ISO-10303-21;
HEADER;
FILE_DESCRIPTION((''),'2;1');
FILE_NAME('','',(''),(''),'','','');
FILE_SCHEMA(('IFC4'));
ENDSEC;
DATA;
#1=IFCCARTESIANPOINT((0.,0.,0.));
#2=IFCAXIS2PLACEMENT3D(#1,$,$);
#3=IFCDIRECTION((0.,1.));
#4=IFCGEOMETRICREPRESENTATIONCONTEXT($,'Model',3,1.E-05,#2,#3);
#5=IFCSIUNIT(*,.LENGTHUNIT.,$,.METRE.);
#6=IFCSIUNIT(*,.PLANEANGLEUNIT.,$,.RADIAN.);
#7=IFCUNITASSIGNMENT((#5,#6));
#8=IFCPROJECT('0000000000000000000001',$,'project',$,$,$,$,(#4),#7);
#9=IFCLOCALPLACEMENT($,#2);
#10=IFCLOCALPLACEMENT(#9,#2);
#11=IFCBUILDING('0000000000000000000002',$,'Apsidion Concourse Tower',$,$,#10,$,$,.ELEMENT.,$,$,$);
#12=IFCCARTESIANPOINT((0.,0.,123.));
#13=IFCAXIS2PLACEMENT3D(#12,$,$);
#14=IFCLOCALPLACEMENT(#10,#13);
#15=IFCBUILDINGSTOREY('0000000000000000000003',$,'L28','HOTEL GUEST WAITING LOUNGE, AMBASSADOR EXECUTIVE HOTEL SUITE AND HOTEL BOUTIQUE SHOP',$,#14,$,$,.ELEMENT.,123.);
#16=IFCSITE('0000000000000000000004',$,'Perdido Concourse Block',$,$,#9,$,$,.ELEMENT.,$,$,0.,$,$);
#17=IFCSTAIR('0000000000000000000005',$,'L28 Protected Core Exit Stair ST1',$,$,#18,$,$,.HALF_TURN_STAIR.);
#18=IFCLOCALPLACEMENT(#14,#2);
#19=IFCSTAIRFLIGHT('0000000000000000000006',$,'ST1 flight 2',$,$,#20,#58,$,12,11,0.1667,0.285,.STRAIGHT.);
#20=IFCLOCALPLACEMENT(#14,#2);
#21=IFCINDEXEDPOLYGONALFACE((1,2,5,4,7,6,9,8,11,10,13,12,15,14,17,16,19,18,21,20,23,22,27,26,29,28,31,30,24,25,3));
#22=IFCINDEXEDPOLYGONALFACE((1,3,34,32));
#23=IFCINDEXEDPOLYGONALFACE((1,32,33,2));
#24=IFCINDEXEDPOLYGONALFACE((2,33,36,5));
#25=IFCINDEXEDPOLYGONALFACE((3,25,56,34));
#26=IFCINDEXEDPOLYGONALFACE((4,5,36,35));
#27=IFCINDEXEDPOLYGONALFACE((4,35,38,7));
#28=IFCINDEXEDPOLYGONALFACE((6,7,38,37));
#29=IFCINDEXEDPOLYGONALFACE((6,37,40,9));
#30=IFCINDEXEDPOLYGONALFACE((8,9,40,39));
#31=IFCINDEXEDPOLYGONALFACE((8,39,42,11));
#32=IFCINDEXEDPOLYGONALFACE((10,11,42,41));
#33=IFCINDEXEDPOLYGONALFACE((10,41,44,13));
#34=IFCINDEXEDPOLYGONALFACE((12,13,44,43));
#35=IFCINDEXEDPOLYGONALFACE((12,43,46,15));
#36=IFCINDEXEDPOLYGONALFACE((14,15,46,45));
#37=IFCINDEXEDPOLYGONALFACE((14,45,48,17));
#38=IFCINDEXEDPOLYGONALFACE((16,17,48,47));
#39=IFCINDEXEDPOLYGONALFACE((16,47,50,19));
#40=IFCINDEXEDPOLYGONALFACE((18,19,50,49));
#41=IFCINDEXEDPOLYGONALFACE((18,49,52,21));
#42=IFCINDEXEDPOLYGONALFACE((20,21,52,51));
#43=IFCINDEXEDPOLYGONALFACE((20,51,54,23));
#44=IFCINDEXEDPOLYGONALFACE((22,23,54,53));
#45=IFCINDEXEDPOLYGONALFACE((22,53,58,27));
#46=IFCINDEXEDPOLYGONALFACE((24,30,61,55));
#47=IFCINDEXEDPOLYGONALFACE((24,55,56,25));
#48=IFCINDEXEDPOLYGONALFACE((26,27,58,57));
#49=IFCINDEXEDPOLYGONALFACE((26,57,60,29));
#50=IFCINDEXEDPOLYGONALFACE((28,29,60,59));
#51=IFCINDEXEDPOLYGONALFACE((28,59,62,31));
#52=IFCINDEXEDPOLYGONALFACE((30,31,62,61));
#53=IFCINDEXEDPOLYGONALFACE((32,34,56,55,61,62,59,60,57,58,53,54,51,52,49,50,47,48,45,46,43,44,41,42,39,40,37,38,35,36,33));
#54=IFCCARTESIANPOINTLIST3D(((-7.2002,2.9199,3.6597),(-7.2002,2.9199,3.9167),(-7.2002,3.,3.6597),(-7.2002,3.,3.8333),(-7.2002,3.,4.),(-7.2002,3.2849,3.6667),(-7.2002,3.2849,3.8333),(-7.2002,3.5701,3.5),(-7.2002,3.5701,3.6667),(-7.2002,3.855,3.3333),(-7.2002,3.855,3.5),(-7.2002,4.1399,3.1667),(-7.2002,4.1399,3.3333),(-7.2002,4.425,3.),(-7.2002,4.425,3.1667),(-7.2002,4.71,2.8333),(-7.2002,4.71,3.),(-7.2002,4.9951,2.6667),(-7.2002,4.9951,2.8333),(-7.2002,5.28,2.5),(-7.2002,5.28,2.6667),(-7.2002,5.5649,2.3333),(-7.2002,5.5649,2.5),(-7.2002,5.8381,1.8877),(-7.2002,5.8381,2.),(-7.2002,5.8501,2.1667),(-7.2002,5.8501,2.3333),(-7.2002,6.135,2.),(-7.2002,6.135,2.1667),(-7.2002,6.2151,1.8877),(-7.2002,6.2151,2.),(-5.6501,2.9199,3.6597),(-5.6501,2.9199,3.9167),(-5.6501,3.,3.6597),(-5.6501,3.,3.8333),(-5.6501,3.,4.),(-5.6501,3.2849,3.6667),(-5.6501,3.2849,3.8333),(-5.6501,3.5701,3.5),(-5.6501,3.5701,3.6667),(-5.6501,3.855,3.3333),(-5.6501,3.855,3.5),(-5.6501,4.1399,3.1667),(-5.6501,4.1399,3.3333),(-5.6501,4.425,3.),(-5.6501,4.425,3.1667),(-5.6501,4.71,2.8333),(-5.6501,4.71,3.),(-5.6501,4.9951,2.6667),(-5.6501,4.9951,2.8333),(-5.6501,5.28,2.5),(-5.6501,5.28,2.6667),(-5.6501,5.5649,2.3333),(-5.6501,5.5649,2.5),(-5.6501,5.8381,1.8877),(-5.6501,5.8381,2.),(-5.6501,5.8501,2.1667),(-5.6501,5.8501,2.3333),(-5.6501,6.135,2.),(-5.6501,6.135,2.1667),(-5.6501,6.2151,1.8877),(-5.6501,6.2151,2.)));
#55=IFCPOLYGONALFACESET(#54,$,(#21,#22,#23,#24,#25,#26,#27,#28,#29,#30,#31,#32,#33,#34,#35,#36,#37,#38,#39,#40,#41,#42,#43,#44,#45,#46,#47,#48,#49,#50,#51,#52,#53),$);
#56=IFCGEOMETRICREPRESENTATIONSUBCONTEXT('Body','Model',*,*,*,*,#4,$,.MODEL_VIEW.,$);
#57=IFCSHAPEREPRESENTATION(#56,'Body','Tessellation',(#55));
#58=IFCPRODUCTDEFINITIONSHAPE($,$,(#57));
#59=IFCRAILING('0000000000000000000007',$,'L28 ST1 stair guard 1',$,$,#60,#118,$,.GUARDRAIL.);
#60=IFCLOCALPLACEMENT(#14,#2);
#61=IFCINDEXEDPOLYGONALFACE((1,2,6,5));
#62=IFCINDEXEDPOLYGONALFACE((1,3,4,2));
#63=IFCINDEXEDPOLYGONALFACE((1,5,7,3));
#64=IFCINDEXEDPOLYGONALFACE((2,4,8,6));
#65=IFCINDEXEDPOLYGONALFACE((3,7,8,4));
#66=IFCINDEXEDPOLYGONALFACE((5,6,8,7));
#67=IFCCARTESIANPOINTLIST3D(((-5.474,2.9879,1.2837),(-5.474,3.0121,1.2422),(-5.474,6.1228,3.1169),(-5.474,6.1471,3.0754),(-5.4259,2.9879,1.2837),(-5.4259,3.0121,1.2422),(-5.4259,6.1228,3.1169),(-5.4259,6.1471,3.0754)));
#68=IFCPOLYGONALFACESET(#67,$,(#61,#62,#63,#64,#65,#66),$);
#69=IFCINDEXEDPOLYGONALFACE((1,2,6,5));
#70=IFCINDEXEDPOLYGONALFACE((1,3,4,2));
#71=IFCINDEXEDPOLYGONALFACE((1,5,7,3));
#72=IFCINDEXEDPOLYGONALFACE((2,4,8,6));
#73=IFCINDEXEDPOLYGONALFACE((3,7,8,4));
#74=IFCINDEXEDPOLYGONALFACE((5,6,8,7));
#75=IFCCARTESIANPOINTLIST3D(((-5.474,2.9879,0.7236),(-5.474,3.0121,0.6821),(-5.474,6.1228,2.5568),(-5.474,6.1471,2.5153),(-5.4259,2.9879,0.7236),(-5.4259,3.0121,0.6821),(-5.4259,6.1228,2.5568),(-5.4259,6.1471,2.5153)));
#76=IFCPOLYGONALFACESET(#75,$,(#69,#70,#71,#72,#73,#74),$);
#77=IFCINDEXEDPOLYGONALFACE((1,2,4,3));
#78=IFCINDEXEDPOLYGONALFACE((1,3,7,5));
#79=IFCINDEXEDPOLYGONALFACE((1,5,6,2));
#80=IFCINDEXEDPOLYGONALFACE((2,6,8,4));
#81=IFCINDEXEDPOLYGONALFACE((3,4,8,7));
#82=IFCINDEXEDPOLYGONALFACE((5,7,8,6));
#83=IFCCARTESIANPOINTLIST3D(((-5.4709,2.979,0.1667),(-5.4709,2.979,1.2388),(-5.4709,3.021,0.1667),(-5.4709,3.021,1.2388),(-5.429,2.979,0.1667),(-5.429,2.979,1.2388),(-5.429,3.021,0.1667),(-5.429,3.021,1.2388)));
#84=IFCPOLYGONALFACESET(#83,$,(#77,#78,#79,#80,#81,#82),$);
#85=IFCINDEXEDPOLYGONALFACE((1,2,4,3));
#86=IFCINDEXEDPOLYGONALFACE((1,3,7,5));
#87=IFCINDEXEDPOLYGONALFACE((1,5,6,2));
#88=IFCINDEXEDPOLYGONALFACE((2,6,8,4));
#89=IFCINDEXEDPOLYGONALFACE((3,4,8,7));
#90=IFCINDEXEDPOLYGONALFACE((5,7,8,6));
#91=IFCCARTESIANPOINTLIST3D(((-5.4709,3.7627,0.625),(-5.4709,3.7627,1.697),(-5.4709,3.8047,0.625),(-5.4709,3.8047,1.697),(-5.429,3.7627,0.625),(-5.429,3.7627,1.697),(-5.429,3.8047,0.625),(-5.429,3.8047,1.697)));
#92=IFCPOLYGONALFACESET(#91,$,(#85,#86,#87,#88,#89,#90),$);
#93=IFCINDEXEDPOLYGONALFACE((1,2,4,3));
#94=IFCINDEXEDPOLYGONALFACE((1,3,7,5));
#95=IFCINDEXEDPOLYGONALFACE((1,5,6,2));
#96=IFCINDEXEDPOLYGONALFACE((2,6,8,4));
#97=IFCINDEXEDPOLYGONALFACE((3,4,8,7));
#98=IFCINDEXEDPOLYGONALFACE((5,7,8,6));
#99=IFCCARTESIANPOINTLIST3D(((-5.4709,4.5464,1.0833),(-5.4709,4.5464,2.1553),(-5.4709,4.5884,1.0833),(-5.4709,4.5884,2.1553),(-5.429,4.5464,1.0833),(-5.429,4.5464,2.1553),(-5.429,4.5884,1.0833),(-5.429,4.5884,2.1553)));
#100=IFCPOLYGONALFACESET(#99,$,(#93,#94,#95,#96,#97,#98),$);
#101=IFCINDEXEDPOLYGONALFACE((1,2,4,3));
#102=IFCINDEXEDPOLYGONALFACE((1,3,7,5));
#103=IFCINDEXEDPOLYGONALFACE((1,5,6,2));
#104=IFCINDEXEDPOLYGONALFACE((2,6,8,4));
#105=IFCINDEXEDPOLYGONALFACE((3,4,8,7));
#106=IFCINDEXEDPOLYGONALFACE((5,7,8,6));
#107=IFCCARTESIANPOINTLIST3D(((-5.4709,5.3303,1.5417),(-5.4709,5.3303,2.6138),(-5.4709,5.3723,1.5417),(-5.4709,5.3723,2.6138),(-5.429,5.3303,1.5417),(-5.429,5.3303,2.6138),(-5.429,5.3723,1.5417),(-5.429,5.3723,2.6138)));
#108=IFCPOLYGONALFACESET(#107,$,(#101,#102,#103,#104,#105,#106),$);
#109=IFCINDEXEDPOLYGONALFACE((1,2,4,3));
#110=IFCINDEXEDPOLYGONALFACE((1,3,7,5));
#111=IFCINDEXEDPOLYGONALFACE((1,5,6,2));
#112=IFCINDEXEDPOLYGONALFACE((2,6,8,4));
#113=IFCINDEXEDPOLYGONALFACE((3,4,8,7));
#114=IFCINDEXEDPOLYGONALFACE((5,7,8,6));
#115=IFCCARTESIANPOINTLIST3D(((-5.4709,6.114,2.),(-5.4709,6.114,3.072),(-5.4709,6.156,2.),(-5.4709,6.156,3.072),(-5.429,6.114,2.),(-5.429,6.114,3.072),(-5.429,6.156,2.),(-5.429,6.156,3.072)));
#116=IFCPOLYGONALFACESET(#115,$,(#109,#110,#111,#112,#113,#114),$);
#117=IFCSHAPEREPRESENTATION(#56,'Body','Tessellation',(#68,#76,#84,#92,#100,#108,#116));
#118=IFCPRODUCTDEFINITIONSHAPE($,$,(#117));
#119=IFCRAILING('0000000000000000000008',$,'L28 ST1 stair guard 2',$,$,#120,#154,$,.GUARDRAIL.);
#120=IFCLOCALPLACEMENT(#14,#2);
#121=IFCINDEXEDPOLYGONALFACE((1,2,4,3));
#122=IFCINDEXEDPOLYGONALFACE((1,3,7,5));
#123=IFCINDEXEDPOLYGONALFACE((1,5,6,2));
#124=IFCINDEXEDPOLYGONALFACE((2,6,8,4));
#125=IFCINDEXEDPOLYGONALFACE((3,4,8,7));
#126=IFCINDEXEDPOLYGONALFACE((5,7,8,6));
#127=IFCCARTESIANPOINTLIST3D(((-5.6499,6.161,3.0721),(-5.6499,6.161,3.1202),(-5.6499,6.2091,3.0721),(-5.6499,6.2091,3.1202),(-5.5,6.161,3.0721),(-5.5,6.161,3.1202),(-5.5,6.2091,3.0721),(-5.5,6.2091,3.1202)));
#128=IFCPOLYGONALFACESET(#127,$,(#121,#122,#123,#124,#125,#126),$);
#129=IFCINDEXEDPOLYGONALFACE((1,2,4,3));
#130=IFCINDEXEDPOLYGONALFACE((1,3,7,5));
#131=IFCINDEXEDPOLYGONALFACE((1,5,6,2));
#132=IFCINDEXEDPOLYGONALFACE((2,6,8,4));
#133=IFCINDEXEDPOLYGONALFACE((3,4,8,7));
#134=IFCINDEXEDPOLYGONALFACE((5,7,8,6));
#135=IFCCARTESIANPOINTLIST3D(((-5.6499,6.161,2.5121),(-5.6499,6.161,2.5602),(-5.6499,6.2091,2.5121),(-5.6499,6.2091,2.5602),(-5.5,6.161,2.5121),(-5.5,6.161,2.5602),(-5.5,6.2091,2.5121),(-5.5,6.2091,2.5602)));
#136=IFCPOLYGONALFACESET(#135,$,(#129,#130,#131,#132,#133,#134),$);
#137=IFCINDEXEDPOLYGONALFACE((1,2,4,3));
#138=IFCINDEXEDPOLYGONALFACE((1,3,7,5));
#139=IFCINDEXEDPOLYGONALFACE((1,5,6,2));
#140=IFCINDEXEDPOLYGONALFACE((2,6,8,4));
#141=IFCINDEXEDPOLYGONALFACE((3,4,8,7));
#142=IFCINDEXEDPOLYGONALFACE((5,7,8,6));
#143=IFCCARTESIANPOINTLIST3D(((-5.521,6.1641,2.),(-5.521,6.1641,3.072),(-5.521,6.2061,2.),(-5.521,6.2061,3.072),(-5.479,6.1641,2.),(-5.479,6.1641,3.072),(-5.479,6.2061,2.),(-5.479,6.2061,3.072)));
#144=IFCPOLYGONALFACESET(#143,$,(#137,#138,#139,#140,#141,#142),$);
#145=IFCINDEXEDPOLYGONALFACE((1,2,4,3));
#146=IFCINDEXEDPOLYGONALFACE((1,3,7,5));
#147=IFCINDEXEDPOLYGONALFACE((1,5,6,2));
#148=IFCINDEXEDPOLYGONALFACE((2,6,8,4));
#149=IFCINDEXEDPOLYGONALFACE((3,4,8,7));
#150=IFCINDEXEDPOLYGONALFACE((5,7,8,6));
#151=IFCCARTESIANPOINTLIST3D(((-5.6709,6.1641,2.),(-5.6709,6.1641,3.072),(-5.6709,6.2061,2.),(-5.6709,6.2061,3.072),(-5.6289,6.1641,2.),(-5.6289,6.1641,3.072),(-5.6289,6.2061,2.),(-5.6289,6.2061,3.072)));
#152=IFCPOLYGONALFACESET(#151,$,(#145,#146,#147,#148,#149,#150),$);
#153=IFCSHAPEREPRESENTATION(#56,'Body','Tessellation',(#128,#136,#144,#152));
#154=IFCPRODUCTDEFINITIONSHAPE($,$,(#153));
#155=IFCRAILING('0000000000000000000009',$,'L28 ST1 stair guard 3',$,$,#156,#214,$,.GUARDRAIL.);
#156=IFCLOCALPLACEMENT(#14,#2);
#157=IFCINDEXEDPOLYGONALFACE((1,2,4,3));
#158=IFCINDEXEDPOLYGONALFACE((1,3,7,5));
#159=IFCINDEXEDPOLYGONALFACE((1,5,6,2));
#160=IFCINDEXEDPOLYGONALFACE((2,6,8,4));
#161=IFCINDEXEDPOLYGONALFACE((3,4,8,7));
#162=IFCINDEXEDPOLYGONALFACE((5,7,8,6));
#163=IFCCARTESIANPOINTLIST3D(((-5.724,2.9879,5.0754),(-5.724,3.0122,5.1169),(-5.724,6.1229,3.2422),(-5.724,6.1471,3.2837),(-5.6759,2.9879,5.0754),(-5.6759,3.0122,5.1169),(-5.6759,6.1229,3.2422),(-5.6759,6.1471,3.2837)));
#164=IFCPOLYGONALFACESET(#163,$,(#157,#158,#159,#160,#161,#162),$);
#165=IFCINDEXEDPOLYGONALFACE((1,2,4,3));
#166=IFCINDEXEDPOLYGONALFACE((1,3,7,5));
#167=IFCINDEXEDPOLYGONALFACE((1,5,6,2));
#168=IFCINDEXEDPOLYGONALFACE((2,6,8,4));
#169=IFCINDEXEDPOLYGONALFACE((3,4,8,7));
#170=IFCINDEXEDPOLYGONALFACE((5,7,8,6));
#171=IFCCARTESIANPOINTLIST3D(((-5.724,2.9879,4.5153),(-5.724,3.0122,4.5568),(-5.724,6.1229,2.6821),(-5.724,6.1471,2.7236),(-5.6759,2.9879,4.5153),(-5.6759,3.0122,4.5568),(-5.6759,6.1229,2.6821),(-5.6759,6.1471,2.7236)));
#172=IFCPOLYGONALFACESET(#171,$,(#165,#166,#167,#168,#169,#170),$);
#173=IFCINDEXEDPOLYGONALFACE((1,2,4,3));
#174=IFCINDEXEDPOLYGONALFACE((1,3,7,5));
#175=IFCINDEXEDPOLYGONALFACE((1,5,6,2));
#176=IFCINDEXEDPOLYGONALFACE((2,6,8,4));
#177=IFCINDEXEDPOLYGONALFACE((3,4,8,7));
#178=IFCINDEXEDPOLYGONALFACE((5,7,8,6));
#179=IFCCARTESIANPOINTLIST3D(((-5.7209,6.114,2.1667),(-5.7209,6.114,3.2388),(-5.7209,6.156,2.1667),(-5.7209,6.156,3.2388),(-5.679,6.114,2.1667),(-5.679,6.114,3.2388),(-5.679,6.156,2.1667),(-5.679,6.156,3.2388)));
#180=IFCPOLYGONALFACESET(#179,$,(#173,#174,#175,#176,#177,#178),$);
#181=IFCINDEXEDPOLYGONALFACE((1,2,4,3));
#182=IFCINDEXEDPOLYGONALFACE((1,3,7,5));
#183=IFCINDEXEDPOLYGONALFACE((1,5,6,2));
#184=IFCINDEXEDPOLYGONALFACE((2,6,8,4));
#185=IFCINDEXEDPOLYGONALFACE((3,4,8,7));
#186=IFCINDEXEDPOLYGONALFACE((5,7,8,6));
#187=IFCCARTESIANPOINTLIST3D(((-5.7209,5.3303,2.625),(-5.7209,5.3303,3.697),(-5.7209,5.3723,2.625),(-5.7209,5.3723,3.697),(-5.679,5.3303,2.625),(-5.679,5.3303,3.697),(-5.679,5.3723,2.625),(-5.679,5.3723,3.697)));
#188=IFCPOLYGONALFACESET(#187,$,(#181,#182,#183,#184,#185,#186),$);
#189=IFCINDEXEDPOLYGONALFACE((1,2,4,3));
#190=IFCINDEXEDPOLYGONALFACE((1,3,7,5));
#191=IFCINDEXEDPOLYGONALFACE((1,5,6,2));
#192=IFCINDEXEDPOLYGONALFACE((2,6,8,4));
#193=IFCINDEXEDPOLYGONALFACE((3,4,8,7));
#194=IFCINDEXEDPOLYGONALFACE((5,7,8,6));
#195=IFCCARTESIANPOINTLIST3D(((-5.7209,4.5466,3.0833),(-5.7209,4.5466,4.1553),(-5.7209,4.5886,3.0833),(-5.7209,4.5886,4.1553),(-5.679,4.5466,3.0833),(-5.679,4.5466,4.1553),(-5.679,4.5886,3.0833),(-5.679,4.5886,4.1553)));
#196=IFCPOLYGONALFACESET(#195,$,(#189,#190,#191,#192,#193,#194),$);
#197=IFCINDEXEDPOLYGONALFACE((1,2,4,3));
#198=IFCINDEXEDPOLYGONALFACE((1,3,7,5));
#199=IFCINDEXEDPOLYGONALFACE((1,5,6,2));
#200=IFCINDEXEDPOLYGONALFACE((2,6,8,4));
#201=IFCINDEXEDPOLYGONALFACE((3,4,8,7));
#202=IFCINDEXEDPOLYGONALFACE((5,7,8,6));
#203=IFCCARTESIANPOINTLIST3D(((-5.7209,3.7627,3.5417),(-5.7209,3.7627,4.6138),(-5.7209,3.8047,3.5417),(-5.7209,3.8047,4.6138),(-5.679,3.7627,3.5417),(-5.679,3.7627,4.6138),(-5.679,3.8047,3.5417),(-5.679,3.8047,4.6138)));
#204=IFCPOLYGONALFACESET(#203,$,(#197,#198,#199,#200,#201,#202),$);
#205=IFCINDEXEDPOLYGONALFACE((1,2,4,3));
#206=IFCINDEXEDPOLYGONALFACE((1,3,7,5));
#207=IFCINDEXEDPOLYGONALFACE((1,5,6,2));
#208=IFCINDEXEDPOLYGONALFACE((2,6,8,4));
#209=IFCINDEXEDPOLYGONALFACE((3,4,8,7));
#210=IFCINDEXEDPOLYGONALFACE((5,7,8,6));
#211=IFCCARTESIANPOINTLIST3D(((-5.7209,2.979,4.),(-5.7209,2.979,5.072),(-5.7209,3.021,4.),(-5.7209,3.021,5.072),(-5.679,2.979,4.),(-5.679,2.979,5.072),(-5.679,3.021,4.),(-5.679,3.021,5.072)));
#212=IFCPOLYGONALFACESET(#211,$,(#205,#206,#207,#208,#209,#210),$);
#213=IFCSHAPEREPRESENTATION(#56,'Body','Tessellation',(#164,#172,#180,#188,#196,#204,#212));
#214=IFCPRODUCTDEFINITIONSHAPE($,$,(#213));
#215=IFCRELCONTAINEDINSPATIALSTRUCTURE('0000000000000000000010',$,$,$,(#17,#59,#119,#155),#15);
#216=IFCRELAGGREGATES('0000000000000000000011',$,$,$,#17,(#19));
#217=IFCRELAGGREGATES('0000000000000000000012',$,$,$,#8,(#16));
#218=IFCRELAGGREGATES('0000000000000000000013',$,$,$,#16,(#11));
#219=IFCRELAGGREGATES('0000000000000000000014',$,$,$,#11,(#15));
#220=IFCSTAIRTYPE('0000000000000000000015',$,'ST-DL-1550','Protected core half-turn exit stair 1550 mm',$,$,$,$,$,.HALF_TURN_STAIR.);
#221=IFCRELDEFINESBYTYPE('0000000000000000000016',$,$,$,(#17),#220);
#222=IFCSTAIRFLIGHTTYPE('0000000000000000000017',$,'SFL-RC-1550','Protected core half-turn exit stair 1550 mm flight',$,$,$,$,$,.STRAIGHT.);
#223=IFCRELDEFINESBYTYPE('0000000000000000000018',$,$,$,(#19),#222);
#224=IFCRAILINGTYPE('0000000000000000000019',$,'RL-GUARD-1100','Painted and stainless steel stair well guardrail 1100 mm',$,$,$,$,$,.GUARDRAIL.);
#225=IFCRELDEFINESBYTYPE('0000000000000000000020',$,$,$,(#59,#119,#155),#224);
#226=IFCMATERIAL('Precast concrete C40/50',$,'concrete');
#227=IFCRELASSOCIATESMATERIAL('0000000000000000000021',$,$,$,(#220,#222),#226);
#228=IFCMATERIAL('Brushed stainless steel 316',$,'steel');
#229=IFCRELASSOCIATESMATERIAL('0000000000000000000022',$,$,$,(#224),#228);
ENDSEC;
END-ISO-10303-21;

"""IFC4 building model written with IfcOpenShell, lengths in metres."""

from ifc_helpers import new_model, si_unit, direction, frame, origin, origin_2d, place, context, subcontext, project, spatial, polyline, rectangle, outline, extrude, material, type_object, element, aggregate, save


model = new_model("IFC4")

# Units and contexts
model_context = context("Model", 3, precision=1e-05, world=origin(), true_north=direction((0.0, 1.0)))
body_context = subcontext(model_context, "Body", "Model", "MODEL_VIEW")
ifc_project = project(units=[si_unit("LENGTHUNIT", "METRE"), si_unit("PLANEANGLEUNIT", "RADIAN")], contexts=[model_context])

# Site, building, storey
site_placement = place(None, origin())
site = spatial("IfcSite", under=ifc_project, at=site_placement, Name="Perdido Concourse Block", CompositionType="ELEMENT", RefElevation=0.0)
building_placement = place(site_placement, origin())
building = spatial("IfcBuilding", under=site, at=building_placement, Name="Apsidion Concourse Tower", CompositionType="ELEMENT")
storey_placement = place(building_placement, frame((0.0, 0.0, 123.0)))
storey = spatial("IfcBuildingStorey", under=building, at=storey_placement, Name="L28", Description="HOTEL GUEST WAITING LOUNGE, AMBASSADOR EXECUTIVE HOTEL SUITE AND HOTEL BOUTIQUE SHOP", CompositionType="ELEMENT", Elevation=123.0)

# Shared definitions
ifc_material_1 = material(Name="Brushed stainless steel 316", Category="steel")

# Stair, stair flight
ifc_material_2 = material(Name="Precast concrete C40/50", Category="concrete")
stair_type = type_object("IfcStairType", Name="ST-DL-1550", Description="Protected core half-turn exit stair 1550 mm", PredefinedType="HALF_TURN_STAIR", material=ifc_material_2)
stair_placement = place(storey_placement, origin())
stair = element("IfcStair", 1, at=stair_placement, inside=storey, type_object=stair_type, Name="L28 Protected Core Exit Stair ST1", PredefinedType="HALF_TURN_STAIR")
stair_flight_type = type_object("IfcStairFlightType", Name="SFL-RC-1550", Description="Protected core half-turn exit stair 1550 mm flight", PredefinedType="STRAIGHT", material=ifc_material_2)
stair_flight_1_placement = place(storey_placement, frame((-6.425, 6.135, 2.0), z_axis=(0.0, 0.0, 1.0), x_axis=(0.0, -1.0, 0.0)))
stair_flight_1 = element("IfcStairFlight", 2, at=stair_flight_1_placement, type_object=stair_flight_type, Name="ST1 flight 2", NumberOfRisers=12, NumberOfTreads=11, PredefinedType="STRAIGHT", RiserHeight=0.1667, TreadLength=0.285, context=body_context, shape_type="SweptSolid", body=[
    extrude(outline(polyline([(-0.0801, -0.1123), (-0.0801, 0.0), (0.0, 0.0), (0.0, 0.1667), (0.2849, 0.1667), (0.2849, 0.3333), (0.5701, 0.3333), (0.5701, 0.5), (0.855, 0.5), (0.855, 0.6667), (1.1399, 0.6667), (1.1399, 0.8333), (1.425, 0.8333), (1.425, 1.0), (1.71, 1.0), (1.71, 1.1667), (1.9951, 1.1667), (1.9951, 1.3333), (2.28, 1.3333), (2.28, 1.5), (2.5649, 1.5), (2.5649, 1.6667), (2.8501, 1.6667), (2.8501, 1.8333), (3.135, 1.8333), (3.135, 2.0), (3.2151, 1.9167), (3.2151, 1.6597), (3.135, 1.6597), (0.2969, 0.0), (0.2969, -0.1123), (-0.0801, -0.1123)])), frame((0.0, 0.7749, 0.0), z_axis=(0.0, -1.0, 0.0), x_axis=(1.0, 0.0, 0.0)), (0.0, 0.0, 1.0), 1.55),
])
aggregate(stair, [stair_flight_1])

# Railings
railing_type_1 = type_object("IfcRailingType", Name="RL-GUARD-1100", Description="Painted and stainless steel stair well guardrail 1100 mm", PredefinedType="GUARDRAIL", material=ifc_material_1)
railing_1_placement = place(storey_placement, frame((-5.45, 3.0, 0.1667)))
element("IfcRailing", 3, at=railing_1_placement, inside=storey, type_object=railing_type_1, Name="L28 ST1 stair guard 1", PredefinedType="GUARDRAIL", context=body_context, shape_type="SweptSolid", body=[
    extrude(rectangle(XDim=0.0481, YDim=0.0481, at=origin_2d()), frame((0.0, 0.0, 1.0962), z_axis=(0.0, 0.86324, 0.504794), x_axis=(-1.0, 0.0, 0.0)), (0.0, 0.0, 1.0), 3.6316),
    extrude(rectangle(XDim=0.0481, YDim=0.0481, at=origin_2d()), frame((0.0, 0.0, 0.5361), z_axis=(0.0, 0.86324, 0.504794), x_axis=(-1.0, 0.0, 0.0)), (0.0, 0.0, 1.0), 3.6316),
    extrude(rectangle(XDim=0.042, YDim=0.042, at=origin_2d()), origin(), (0.0, 0.0, 1.0), 1.072),
    extrude(rectangle(XDim=0.042, YDim=0.042, at=origin_2d()), frame((0.0, 0.7837, 0.4583)), (0.0, 0.0, 1.0), 1.072),
    extrude(rectangle(XDim=0.042, YDim=0.042, at=origin_2d()), frame((0.0, 1.5674, 0.9165)), (0.0, 0.0, 1.0), 1.072),
    extrude(rectangle(XDim=0.042, YDim=0.042, at=origin_2d()), frame((0.0, 2.3513, 1.375)), (0.0, 0.0, 1.0), 1.072),
    extrude(rectangle(XDim=0.042, YDim=0.042, at=origin_2d()), frame((0.0, 3.135, 1.8333)), (0.0, 0.0, 1.0), 1.072),
])
railing_2_placement = place(storey_placement, frame((-5.5, 6.1851, 2.0)))
element("IfcRailing", 4, at=railing_2_placement, inside=storey, type_object=railing_type_1, Name="L28 ST1 stair guard 2", PredefinedType="GUARDRAIL", context=body_context, shape_type="SweptSolid", body=[
    extrude(rectangle(XDim=0.0481, YDim=0.0481, at=origin_2d()), frame((0.0, 0.0, 1.0962), z_axis=(-1.0, 0.0, 0.0), x_axis=(0.0, -1.0, 0.0)), (0.0, 0.0, 1.0), 0.1499),
    extrude(rectangle(XDim=0.0481, YDim=0.0481, at=origin_2d()), frame((0.0, 0.0, 0.5361), z_axis=(-1.0, 0.0, 0.0), x_axis=(0.0, -1.0, 0.0)), (0.0, 0.0, 1.0), 0.1499),
    extrude(rectangle(XDim=0.042, YDim=0.042, at=origin_2d()), origin(), (0.0, 0.0, 1.0), 1.072),
    extrude(rectangle(XDim=0.042, YDim=0.042, at=origin_2d()), frame((-0.1499, 0.0, 0.0)), (0.0, 0.0, 1.0), 1.072),
])
railing_3_placement = place(storey_placement, frame((-5.7, 6.135, 2.1667)))
element("IfcRailing", 5, at=railing_3_placement, inside=storey, type_object=railing_type_1, Name="L28 ST1 stair guard 3", PredefinedType="GUARDRAIL", context=body_context, shape_type="SweptSolid", body=[
    extrude(rectangle(XDim=0.0481, YDim=0.0481, at=origin_2d()), frame((0.0, 0.0, 1.0962), z_axis=(0.0, -0.86324, 0.504794), x_axis=(1.0, 0.0, 0.0)), (0.0, 0.0, 1.0), 3.6316),
    extrude(rectangle(XDim=0.0481, YDim=0.0481, at=origin_2d()), frame((0.0, 0.0, 0.5361), z_axis=(0.0, -0.86324, 0.504794), x_axis=(1.0, 0.0, 0.0)), (0.0, 0.0, 1.0), 3.6316),
    extrude(rectangle(XDim=0.042, YDim=0.042, at=origin_2d()), origin(), (0.0, 0.0, 1.0), 1.072),
    extrude(rectangle(XDim=0.042, YDim=0.042, at=origin_2d()), frame((0.0, -0.7837, 0.4583)), (0.0, 0.0, 1.0), 1.072),
    extrude(rectangle(XDim=0.042, YDim=0.042, at=origin_2d()), frame((0.0, -1.5674, 0.9165)), (0.0, 0.0, 1.0), 1.072),
    extrude(rectangle(XDim=0.042, YDim=0.042, at=origin_2d()), frame((0.0, -2.3513, 1.375)), (0.0, 0.0, 1.0), 1.072),
    extrude(rectangle(XDim=0.042, YDim=0.042, at=origin_2d()), frame((0.0, -3.135, 1.8333)), (0.0, 0.0, 1.0), 1.072),
])

save(model, "model.ifc")
